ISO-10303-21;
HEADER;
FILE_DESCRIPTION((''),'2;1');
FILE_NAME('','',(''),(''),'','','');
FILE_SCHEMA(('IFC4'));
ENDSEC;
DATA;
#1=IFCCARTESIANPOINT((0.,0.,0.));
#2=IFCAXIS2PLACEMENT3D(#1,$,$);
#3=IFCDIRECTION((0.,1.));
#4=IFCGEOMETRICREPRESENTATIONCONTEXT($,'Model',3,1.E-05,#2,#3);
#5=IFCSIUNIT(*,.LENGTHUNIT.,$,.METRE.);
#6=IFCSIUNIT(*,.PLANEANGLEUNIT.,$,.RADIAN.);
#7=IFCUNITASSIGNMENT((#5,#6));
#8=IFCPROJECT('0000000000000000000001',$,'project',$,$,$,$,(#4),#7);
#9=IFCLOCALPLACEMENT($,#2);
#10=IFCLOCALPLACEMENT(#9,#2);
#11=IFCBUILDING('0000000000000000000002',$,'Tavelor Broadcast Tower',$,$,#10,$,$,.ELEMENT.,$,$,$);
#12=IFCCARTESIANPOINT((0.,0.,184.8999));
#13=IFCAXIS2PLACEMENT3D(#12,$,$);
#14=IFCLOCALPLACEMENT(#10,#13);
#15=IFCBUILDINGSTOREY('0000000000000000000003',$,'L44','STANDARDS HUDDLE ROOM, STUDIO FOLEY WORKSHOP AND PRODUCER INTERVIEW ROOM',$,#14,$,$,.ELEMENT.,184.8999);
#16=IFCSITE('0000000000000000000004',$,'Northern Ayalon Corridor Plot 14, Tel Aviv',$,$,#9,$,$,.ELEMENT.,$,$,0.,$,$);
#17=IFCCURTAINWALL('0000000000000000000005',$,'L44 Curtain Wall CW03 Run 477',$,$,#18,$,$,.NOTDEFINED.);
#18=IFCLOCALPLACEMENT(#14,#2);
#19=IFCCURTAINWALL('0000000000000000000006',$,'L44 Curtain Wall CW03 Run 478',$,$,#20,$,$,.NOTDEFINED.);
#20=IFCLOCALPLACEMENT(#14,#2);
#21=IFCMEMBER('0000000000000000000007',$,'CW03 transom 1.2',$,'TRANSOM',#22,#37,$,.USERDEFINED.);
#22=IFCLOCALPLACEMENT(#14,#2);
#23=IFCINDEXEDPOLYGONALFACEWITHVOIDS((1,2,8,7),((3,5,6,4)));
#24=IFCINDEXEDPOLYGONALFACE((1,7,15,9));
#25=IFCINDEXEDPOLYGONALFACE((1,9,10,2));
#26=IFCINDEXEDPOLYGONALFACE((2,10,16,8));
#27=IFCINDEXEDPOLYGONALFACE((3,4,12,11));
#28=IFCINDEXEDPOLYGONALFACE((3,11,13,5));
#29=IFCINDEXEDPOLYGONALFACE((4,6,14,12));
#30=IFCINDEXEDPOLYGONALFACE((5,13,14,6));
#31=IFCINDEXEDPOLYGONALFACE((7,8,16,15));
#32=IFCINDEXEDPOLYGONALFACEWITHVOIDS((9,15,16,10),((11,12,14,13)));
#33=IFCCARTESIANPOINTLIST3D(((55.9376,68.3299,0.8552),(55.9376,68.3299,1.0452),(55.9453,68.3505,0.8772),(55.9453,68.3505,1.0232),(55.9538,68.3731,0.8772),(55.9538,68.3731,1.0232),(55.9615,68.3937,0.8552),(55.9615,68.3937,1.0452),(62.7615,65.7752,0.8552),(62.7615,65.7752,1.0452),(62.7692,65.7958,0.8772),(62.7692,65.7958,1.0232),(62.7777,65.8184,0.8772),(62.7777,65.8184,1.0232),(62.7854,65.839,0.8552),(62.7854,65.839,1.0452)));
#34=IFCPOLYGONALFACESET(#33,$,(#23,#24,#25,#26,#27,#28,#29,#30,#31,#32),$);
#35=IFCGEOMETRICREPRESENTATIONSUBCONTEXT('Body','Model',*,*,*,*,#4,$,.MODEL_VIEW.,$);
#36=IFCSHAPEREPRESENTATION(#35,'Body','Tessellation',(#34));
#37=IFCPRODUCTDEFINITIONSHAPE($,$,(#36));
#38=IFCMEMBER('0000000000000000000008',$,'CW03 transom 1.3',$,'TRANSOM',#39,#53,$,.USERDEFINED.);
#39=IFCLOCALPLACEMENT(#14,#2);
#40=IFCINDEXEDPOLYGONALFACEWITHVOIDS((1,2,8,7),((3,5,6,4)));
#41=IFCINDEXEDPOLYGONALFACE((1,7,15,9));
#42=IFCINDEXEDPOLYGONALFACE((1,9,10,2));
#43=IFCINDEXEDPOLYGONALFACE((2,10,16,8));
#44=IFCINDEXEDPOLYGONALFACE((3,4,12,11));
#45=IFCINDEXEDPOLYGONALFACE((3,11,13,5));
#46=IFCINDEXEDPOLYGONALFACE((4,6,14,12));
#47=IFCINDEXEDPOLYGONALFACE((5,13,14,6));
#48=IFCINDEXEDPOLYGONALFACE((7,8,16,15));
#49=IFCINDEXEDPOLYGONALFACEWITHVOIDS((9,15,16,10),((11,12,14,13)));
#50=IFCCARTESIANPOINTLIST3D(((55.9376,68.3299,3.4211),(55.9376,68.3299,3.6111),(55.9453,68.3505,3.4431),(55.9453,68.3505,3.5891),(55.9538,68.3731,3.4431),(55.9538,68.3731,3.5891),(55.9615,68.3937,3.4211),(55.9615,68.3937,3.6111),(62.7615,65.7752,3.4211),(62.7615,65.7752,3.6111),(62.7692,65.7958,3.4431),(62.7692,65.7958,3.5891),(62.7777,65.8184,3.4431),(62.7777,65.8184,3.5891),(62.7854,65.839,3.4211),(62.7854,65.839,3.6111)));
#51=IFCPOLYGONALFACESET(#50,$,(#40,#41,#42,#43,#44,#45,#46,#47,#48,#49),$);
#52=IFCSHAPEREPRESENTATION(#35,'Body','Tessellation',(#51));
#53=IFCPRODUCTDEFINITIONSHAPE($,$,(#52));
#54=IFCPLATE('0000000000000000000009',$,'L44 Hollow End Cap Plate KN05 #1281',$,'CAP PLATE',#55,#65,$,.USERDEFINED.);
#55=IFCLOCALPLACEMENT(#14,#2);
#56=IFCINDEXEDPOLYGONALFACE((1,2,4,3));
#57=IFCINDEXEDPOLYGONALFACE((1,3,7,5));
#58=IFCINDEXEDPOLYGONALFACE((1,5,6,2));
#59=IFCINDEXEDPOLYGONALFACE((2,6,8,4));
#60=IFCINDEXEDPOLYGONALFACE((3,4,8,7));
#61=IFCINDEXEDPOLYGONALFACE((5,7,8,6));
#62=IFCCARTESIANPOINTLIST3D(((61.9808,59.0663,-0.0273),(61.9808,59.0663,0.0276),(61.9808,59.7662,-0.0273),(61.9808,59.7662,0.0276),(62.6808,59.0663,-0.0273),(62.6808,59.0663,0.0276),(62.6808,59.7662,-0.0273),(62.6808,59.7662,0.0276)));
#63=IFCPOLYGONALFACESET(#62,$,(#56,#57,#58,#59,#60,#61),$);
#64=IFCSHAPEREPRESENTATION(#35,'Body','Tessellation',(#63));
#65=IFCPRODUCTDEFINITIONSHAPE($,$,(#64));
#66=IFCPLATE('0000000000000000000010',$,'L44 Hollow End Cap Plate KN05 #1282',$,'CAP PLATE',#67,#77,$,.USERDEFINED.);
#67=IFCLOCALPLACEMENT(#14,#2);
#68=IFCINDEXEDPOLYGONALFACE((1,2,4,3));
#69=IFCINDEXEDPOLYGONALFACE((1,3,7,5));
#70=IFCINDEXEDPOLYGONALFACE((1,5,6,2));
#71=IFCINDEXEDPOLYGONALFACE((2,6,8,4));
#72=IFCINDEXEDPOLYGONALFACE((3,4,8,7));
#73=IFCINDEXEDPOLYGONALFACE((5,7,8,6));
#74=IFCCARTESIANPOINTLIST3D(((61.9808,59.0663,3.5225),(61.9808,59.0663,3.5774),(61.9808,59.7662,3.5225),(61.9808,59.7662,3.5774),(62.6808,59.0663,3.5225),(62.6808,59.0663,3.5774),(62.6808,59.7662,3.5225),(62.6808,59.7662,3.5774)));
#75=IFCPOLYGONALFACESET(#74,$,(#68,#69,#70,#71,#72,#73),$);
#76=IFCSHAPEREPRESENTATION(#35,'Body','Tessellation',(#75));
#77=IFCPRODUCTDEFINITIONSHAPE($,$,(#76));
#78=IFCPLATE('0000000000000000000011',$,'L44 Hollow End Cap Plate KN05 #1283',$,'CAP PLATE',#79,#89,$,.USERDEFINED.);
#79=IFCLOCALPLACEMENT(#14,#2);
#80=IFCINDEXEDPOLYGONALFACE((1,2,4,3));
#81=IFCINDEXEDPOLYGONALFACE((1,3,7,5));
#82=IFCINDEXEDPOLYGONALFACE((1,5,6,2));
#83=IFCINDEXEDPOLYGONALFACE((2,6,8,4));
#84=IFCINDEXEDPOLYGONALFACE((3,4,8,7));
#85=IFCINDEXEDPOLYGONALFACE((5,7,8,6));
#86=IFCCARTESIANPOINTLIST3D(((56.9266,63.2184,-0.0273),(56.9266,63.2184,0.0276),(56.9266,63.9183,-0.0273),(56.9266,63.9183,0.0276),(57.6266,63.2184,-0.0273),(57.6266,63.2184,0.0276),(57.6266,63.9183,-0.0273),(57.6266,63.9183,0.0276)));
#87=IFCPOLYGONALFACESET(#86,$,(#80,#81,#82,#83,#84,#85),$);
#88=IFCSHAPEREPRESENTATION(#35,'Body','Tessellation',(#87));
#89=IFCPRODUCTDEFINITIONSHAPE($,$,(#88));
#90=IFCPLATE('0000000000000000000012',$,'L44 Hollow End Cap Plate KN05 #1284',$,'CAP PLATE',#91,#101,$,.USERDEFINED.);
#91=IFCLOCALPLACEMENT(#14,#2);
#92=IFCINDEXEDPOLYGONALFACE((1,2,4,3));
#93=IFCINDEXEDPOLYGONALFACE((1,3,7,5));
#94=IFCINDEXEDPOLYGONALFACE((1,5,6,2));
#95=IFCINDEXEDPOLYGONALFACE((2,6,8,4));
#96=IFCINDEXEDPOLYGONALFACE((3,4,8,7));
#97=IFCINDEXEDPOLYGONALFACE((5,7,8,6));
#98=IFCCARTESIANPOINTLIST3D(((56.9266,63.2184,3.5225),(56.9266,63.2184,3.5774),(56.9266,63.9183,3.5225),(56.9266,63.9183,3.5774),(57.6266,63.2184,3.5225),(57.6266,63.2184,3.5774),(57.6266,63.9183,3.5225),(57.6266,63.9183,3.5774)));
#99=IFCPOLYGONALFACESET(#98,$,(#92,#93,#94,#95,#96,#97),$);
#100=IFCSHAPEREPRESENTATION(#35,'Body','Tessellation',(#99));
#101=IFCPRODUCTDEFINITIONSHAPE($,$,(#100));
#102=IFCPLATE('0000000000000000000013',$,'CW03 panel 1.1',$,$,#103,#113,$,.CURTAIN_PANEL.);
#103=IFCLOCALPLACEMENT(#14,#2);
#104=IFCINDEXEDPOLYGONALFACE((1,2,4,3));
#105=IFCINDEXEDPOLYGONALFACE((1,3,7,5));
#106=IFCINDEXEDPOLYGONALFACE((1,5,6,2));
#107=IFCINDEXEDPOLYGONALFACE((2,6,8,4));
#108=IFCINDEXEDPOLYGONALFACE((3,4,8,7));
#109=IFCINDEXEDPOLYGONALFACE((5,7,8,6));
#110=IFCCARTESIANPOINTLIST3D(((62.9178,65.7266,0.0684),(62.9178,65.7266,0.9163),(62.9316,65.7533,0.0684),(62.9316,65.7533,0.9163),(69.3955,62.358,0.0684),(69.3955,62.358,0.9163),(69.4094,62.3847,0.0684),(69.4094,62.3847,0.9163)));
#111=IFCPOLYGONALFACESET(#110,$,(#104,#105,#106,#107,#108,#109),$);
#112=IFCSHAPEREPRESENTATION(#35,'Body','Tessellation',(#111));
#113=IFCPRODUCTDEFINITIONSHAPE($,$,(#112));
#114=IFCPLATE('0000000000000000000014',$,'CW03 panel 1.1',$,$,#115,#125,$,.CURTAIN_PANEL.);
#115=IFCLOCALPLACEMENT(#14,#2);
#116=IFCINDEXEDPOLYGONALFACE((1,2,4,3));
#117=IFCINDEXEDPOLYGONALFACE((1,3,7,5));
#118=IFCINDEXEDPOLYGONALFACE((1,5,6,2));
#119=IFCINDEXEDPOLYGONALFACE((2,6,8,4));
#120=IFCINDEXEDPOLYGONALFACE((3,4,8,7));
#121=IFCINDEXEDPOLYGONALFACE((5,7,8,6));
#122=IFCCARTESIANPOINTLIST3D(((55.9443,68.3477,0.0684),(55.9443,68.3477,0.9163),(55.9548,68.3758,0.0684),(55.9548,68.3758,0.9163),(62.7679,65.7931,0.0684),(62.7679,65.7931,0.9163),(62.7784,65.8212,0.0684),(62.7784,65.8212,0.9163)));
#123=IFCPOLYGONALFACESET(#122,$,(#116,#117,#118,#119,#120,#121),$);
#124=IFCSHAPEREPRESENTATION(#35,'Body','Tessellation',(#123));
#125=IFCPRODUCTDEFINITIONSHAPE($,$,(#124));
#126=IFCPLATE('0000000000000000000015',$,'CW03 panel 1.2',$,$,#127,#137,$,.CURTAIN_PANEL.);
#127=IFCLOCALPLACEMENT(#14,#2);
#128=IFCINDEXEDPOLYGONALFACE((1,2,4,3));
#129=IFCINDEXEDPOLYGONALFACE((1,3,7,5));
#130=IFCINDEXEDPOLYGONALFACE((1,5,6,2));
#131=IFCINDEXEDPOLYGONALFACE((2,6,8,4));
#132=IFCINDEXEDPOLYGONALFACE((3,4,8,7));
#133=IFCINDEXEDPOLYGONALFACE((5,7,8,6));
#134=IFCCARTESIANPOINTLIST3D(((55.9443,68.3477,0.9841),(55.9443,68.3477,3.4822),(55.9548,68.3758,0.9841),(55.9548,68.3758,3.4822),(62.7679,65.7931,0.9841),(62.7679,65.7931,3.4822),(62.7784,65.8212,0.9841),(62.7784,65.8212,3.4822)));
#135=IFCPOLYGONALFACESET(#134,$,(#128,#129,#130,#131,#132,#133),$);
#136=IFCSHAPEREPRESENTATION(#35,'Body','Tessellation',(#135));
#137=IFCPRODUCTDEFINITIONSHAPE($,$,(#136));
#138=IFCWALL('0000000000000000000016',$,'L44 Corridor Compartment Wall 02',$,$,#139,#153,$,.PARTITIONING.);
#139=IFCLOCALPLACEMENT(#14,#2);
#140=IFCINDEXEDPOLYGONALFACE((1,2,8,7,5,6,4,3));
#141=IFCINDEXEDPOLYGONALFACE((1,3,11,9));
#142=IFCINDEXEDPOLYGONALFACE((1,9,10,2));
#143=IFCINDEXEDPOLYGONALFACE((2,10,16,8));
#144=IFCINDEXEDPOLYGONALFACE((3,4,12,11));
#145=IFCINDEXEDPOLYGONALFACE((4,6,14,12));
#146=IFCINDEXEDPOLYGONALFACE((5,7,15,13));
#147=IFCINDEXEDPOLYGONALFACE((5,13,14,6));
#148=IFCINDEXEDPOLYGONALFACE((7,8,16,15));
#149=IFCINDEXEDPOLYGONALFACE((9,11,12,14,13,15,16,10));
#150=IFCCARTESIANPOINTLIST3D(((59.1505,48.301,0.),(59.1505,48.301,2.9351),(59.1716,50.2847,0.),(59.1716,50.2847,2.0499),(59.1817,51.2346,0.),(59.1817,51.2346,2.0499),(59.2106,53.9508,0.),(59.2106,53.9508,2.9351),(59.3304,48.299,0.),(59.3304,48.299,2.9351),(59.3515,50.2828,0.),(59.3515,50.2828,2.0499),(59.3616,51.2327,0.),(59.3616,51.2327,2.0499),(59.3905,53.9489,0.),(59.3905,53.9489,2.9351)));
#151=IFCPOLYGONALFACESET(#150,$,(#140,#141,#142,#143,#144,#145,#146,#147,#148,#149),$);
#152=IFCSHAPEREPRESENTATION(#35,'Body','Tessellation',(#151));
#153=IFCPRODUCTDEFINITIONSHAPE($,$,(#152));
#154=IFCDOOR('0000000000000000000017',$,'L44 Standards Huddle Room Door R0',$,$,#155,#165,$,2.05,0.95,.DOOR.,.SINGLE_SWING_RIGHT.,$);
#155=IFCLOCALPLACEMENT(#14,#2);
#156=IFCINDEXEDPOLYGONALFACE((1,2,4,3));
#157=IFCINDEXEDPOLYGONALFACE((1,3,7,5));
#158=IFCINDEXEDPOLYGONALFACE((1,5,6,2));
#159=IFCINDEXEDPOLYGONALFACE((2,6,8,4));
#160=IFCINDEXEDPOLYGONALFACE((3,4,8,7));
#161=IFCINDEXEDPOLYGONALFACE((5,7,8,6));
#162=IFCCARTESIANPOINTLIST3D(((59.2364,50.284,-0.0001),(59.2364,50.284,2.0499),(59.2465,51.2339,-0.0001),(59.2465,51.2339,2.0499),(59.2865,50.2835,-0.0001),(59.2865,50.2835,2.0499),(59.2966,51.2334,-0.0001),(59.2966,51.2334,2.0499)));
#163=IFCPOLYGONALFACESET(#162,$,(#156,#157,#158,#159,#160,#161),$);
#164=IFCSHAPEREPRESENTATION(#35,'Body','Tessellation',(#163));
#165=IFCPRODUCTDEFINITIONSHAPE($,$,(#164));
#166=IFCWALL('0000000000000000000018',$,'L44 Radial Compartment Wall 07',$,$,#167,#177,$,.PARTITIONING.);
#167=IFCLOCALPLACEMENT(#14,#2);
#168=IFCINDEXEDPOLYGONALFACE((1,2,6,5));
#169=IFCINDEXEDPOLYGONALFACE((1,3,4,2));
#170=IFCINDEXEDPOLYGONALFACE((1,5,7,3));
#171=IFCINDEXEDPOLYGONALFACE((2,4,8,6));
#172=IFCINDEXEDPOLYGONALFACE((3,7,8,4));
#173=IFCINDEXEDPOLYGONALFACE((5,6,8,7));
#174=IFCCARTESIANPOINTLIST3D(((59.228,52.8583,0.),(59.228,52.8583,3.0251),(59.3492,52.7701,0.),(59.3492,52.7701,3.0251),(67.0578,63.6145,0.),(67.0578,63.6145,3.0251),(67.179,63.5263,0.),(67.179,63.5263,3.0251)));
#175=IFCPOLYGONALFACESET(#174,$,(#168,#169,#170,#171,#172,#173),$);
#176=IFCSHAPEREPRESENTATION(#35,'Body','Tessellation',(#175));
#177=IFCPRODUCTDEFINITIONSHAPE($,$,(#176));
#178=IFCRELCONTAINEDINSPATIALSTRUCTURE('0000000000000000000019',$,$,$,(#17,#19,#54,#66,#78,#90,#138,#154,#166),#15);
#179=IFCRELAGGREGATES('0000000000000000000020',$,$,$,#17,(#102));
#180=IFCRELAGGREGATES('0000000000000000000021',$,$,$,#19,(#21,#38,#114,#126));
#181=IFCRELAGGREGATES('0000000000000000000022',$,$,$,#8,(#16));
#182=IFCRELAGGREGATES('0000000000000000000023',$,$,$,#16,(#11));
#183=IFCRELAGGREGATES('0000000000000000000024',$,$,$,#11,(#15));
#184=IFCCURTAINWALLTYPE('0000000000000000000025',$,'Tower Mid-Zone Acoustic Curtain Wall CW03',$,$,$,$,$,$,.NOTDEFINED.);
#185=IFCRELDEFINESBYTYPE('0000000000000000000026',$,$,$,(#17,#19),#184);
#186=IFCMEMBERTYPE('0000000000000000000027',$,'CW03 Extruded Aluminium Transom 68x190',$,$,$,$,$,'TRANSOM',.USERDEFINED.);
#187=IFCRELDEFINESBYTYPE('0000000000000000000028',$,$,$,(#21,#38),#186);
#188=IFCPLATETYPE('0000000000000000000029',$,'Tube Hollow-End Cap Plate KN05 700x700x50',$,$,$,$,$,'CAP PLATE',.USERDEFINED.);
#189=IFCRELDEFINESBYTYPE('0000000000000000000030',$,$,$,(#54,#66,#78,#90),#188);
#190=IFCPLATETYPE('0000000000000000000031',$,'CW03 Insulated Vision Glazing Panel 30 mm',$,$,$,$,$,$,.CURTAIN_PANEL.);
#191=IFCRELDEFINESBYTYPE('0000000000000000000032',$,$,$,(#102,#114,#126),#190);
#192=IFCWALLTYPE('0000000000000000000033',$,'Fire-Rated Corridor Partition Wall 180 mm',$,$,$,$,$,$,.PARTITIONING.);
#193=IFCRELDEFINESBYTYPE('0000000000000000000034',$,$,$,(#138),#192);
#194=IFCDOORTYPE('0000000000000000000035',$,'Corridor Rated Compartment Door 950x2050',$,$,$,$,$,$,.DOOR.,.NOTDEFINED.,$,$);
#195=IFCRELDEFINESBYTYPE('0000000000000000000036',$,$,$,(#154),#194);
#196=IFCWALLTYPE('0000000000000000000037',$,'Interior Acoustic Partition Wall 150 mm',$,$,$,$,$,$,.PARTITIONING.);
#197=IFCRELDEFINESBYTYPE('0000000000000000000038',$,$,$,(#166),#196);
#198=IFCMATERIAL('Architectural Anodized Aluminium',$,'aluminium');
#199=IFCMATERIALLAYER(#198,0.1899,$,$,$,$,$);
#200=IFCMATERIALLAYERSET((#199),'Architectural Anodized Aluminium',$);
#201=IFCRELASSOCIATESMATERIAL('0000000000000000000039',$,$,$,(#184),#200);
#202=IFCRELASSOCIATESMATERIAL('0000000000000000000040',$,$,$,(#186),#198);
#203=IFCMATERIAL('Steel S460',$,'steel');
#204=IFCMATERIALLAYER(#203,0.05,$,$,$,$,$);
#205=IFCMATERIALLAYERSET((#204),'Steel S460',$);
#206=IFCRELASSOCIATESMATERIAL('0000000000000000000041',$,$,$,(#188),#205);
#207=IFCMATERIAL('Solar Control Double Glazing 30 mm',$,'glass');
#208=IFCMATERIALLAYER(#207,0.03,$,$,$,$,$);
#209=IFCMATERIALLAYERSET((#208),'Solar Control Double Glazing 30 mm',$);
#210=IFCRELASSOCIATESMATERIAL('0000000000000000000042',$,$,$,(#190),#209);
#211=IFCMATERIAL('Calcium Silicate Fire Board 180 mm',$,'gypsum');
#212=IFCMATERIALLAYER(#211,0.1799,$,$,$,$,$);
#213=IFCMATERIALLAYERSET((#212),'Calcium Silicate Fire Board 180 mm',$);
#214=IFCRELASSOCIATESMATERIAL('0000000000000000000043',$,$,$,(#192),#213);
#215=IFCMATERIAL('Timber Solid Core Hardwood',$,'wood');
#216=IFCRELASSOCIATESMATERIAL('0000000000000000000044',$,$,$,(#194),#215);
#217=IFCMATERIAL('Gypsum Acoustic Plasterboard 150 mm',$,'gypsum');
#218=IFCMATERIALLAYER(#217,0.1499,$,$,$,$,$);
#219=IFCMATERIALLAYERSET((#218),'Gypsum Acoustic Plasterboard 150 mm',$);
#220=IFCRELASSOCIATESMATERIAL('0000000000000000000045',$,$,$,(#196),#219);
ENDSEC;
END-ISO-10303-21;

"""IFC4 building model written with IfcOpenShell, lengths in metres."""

from ifc_helpers import new_model, si_unit, direction, frame, frame_2d, origin, origin_2d, place, context, subcontext, project, spatial, rectangle, hollow_rectangle, extrude, source, transform, mapped, material, layer, layer_set, material_profile, profile_set, type_object, type_shapes, element, fill, aggregate, save


model = new_model("IFC4")

# Units and contexts
model_context = context("Model", 3, precision=1e-05, world=origin(), true_north=direction((0.0, 1.0)))
body_context = subcontext(model_context, "Body", "Model", "MODEL_VIEW")
ifc_project = project(units=[si_unit("LENGTHUNIT", "METRE"), si_unit("PLANEANGLEUNIT", "RADIAN")], contexts=[model_context])

# Site, building, storey
site_placement = place(None, origin())
site = spatial("IfcSite", under=ifc_project, at=site_placement, Name="Northern Ayalon Corridor Plot 14, Tel Aviv", CompositionType="ELEMENT", RefElevation=0.0)
building_placement = place(site_placement, origin())
building = spatial("IfcBuilding", under=site, at=building_placement, Name="Tavelor Broadcast Tower", CompositionType="ELEMENT")
storey_placement = place(building_placement, frame((0.0, 0.0, 184.8999)))
storey = spatial("IfcBuildingStorey", under=building, at=storey_placement, Name="L44", Description="STANDARDS HUDDLE ROOM, STUDIO FOLEY WORKSHOP AND PRODUCER INTERVIEW ROOM", CompositionType="ELEMENT", Elevation=184.8999)

# Shared definitions
ifc_material_1 = material(Name="Steel S460", Category="steel")

# Curtain wall
ifc_material_2 = material(Name="Architectural Anodized Aluminium", Category="aluminium")
ifc_layer_1 = layer(ifc_material_2, 0.1899)
ifc_layer_set_1 = layer_set([ifc_layer_1], Name="Architectural Anodized Aluminium")
curtain_wall_type = type_object("IfcCurtainWallType", Name="Tower Mid-Zone Acoustic Curtain Wall CW03", PredefinedType="NOTDEFINED", material=ifc_layer_set_1)
curtain_wall_1_placement = place(storey_placement, origin())
curtain_wall_1 = element("IfcCurtainWall", 1, at=curtain_wall_1_placement, inside=storey, type_object=curtain_wall_type, Name="L44 Curtain Wall CW03 Run 477", PredefinedType="NOTDEFINED")

# Curtain wall, members
curtain_wall_2_placement = place(storey_placement, origin())
curtain_wall_2 = element("IfcCurtainWall", 2, at=curtain_wall_2_placement, inside=storey, type_object=curtain_wall_type, Name="L44 Curtain Wall CW03 Run 478", PredefinedType="NOTDEFINED")
ifc_material_profile_1 = material_profile(ifc_material_2, hollow_rectangle(XDim=0.0681, YDim=0.1899, WallThickness=0.022, at=origin_2d()), Name="RHS 68x190x22")
ifc_profile_set_1 = profile_set([ifc_material_profile_1], Name="Architectural Anodized Aluminium")
member_type_1 = type_object("IfcMemberType", Name="CW03 Extruded Aluminium Transom 68x190", ElementType="TRANSOM", PredefinedType="USERDEFINED", material=ifc_profile_set_1)
shared_shape_1 = source(origin(), body_context, "Body", "SweptSolid", [
    extrude(hollow_rectangle(XDim=0.0681, YDim=0.1899, WallThickness=0.022, at=origin_2d()), origin(), (0.0, 0.0, 1.0), 7.2864),
])
type_shapes(member_type_1, [shared_shape_1])
member_1_placement = place(storey_placement, frame((62.7734, 65.8071, 0.9502), z_axis=(-0.936523, 0.350606, 0.0), x_axis=(-0.350606, -0.936523, 0.0)))
member_1 = element("IfcMember", 3, at=member_1_placement, type_object=member_type_1, Name="CW03 transom 1.2", ObjectType="TRANSOM", PredefinedType="USERDEFINED", context=body_context, shape_type="MappedRepresentation", body=[
    mapped(shared_shape_1, transform((0.0, 0.0, 0.0), scale=1.0)),
])
member_2_placement = place(storey_placement, frame((62.7734, 65.8071, 3.5161), z_axis=(-0.936523, 0.350606, 0.0), x_axis=(-0.350606, -0.936523, 0.0)))
member_2 = element("IfcMember", 4, at=member_2_placement, type_object=member_type_1, Name="CW03 transom 1.3", ObjectType="TRANSOM", PredefinedType="USERDEFINED", context=body_context, shape_type="MappedRepresentation", body=[
    mapped(shared_shape_1, transform((0.0, 0.0, 0.0), scale=1.0)),
])

# Plates
ifc_layer_2 = layer(ifc_material_1, 0.05)
ifc_layer_set_2 = layer_set([ifc_layer_2], Name="Steel S460")
plate_type_1 = type_object("IfcPlateType", Name="Tube Hollow-End Cap Plate KN05 700x700x50", ElementType="CAP PLATE", PredefinedType="USERDEFINED", material=ifc_layer_set_2)
shared_shape_2 = source(origin(), body_context, "Body", "SweptSolid", [
    extrude(rectangle(XDim=0.7, YDim=0.7, at=origin_2d()), origin(), (0.0, 0.0, 1.0), 0.0549),
])
type_shapes(plate_type_1, [shared_shape_2])
for number, where, z_axis, x_axis, name in (
    (5, (62.3308, 59.4163, -0.0273), (0.0, 0.0, 1.0), (1.0, 0.0, 0.0), "L44 Hollow End Cap Plate KN05 #1281"),
    (6, (62.3308, 59.4163, 3.5225), (0.0, 0.0, 1.0), (1.0, 0.0, 0.0), "L44 Hollow End Cap Plate KN05 #1282"),
    (7, (57.2766, 63.5684, -0.0273), (0.0, 0.0, 1.0), (1.0, 0.0, 0.0), "L44 Hollow End Cap Plate KN05 #1283"),
    (8, (57.2766, 63.5684, 3.5225), (0.0, 0.0, 1.0), (1.0, 0.0, 0.0), "L44 Hollow End Cap Plate KN05 #1284"),
):
    element("IfcPlate", number, at=place(storey_placement, frame(where, z_axis=z_axis, x_axis=x_axis)), inside=storey, type_object=plate_type_1, Name=name, ObjectType="CAP PLATE", PredefinedType="USERDEFINED", context=body_context, shape_type="MappedRepresentation", body=[
        mapped(shared_shape_2, transform((0.0, 0.0, 0.0), scale=1.0)),
    ])

# Plates
ifc_material_3 = material(Name="Solar Control Double Glazing 30 mm", Category="glass")
ifc_layer_3 = layer(ifc_material_3, 0.03)
ifc_layer_set_3 = layer_set([ifc_layer_3], Name="Solar Control Double Glazing 30 mm")
plate_type_2 = type_object("IfcPlateType", Name="CW03 Insulated Vision Glazing Panel 30 mm", PredefinedType="CURTAIN_PANEL", material=ifc_layer_set_3)
shared_shape_3 = source(origin(), body_context, "Body", "SweptSolid", [
    extrude(rectangle(XDim=7.3013, YDim=0.03, at=origin_2d()), origin(), (0.0, 0.0, 1.0), 0.8479),
])
plate_1_placement = place(storey_placement, frame((66.1636, 64.0557, 0.0684), z_axis=(0.0, 0.0, 1.0), x_axis=(-0.887207, 0.461372, 0.0)))
plate_1 = element("IfcPlate", 9, at=plate_1_placement, type_object=plate_type_2, Name="CW03 panel 1.1", PredefinedType="CURTAIN_PANEL", context=body_context, shape_type="MappedRepresentation", body=[
    mapped(shared_shape_3, transform((0.0, 0.0, 0.0), scale=1.0)),
])
aggregate(curtain_wall_1, [plate_1])
shared_shape_4 = source(origin(), body_context, "Body", "SweptSolid", [
    extrude(rectangle(XDim=7.2861, YDim=0.03, at=origin_2d()), origin(), (0.0, 0.0, 1.0), 0.8479),
])
plate_2_placement = place(storey_placement, frame((59.3613, 67.0845, 0.0684), z_axis=(0.0, 0.0, 1.0), x_axis=(-0.936522, 0.350608, 0.0)))
plate_2 = element("IfcPlate", 10, at=plate_2_placement, type_object=plate_type_2, Name="CW03 panel 1.1", PredefinedType="CURTAIN_PANEL", context=body_context, shape_type="MappedRepresentation", body=[
    mapped(shared_shape_4, transform((0.0, 0.0, 0.0), scale=1.0)),
])
shared_shape_5 = source(origin(), body_context, "Body", "SweptSolid", [
    extrude(rectangle(XDim=7.2861, YDim=0.03, at=origin_2d()), origin(), (0.0, 0.0, 1.0), 2.498),
])
type_shapes(plate_type_2, [shared_shape_3, shared_shape_4, shared_shape_5])
plate_3_placement = place(storey_placement, frame((59.3613, 67.0845, 0.9841), z_axis=(0.0, 0.0, 1.0), x_axis=(-0.936522, 0.350608, 0.0)))
plate_3 = element("IfcPlate", 11, at=plate_3_placement, type_object=plate_type_2, Name="CW03 panel 1.2", PredefinedType="CURTAIN_PANEL", context=body_context, shape_type="MappedRepresentation", body=[
    mapped(shared_shape_5, transform((0.0, 0.0, 0.0), scale=1.0)),
])
aggregate(curtain_wall_2, [member_1, member_2, plate_2, plate_3])

# Wall, opening, door
ifc_material_4 = material(Name="Calcium Silicate Fire Board 180 mm", Category="gypsum")
ifc_layer_4 = layer(ifc_material_4, 0.1799)
ifc_layer_set_4 = layer_set([ifc_layer_4], Name="Calcium Silicate Fire Board 180 mm")
wall_type_1 = type_object("IfcWallType", Name="Fire-Rated Corridor Partition Wall 180 mm", PredefinedType="PARTITIONING", material=ifc_layer_set_4)
wall_1_placement = place(storey_placement, frame((59.3005, 53.95, 0.0), z_axis=(0.0, 0.0, 1.0), x_axis=(-0.010629, -0.999944, 0.0)))
wall_1 = element("IfcWall", 12, at=wall_1_placement, inside=storey, type_object=wall_type_1, Name="L44 Corridor Compartment Wall 02", PredefinedType="PARTITIONING", context=body_context, shape_type="SweptSolid", body=[
    extrude(rectangle(XDim=5.6501, YDim=0.1799, at=frame_2d((2.8252, 0.0))), origin(), (0.0, 0.0, 1.0), 2.9351),
])
opening_placement = place(wall_1_placement, frame((2.7163, 0.0, 0.0)))
opening = element("IfcOpeningElement", 13, at=opening_placement, cuts=wall_1, PredefinedType="OPENING", context=body_context, shape_type="SweptSolid", body=[
    extrude(rectangle(XDim=0.95, YDim=2.05, at=frame_2d((0.4751, 1.0249))), frame((0.0, 0.1001, 0.0), z_axis=(0.0, -1.0, 0.0), x_axis=(1.0, 0.0, 0.0)), (0.0, 0.0, 1.0), 0.2),
])
ifc_material_5 = material(Name="Timber Solid Core Hardwood", Category="wood")
door_type = type_object("IfcDoorType", Name="Corridor Rated Compartment Door 950x2050", OperationType="NOTDEFINED", PredefinedType="DOOR", material=ifc_material_5)
door_placement = place(opening_placement, origin())
door = element("IfcDoor", 14, at=door_placement, inside=storey, type_object=door_type, Name="L44 Standards Huddle Room Door R0", OperationType="SINGLE_SWING_RIGHT", OverallHeight=2.05, OverallWidth=0.95, PredefinedType="DOOR", context=body_context, shape_type="SweptSolid", body=[
    extrude(rectangle(XDim=0.95, YDim=2.05, at=frame_2d((0.4751, 1.0249))), frame((0.0, 0.0249, 0.0), z_axis=(0.0, -1.0, 0.0), x_axis=(1.0, 0.0, 0.0)), (0.0, 0.0, 1.0), 0.05),
])
fill(opening, door)

# Wall
ifc_material_6 = material(Name="Gypsum Acoustic Plasterboard 150 mm", Category="gypsum")
ifc_layer_5 = layer(ifc_material_6, 0.1499)
ifc_layer_set_5 = layer_set([ifc_layer_5], Name="Gypsum Acoustic Plasterboard 150 mm")
wall_type_2 = type_object("IfcWallType", Name="Interior Acoustic Partition Wall 150 mm", PredefinedType="PARTITIONING", material=ifc_layer_set_5)
wall_2_placement = place(storey_placement, frame((59.2886, 52.8142, 0.0), z_axis=(0.0, 0.0, 1.0), x_axis=(0.588526, 0.808478, 0.0)))
element("IfcWall", 15, at=wall_2_placement, inside=storey, type_object=wall_type_2, Name="L44 Radial Compartment Wall 07", PredefinedType="PARTITIONING", context=body_context, shape_type="SweptSolid", body=[
    extrude(rectangle(XDim=13.3042, YDim=0.1499, at=frame_2d((6.6521, 0.0))), origin(), (0.0, 0.0, 1.0), 3.0251),
])

save(model, "model.ifc")
